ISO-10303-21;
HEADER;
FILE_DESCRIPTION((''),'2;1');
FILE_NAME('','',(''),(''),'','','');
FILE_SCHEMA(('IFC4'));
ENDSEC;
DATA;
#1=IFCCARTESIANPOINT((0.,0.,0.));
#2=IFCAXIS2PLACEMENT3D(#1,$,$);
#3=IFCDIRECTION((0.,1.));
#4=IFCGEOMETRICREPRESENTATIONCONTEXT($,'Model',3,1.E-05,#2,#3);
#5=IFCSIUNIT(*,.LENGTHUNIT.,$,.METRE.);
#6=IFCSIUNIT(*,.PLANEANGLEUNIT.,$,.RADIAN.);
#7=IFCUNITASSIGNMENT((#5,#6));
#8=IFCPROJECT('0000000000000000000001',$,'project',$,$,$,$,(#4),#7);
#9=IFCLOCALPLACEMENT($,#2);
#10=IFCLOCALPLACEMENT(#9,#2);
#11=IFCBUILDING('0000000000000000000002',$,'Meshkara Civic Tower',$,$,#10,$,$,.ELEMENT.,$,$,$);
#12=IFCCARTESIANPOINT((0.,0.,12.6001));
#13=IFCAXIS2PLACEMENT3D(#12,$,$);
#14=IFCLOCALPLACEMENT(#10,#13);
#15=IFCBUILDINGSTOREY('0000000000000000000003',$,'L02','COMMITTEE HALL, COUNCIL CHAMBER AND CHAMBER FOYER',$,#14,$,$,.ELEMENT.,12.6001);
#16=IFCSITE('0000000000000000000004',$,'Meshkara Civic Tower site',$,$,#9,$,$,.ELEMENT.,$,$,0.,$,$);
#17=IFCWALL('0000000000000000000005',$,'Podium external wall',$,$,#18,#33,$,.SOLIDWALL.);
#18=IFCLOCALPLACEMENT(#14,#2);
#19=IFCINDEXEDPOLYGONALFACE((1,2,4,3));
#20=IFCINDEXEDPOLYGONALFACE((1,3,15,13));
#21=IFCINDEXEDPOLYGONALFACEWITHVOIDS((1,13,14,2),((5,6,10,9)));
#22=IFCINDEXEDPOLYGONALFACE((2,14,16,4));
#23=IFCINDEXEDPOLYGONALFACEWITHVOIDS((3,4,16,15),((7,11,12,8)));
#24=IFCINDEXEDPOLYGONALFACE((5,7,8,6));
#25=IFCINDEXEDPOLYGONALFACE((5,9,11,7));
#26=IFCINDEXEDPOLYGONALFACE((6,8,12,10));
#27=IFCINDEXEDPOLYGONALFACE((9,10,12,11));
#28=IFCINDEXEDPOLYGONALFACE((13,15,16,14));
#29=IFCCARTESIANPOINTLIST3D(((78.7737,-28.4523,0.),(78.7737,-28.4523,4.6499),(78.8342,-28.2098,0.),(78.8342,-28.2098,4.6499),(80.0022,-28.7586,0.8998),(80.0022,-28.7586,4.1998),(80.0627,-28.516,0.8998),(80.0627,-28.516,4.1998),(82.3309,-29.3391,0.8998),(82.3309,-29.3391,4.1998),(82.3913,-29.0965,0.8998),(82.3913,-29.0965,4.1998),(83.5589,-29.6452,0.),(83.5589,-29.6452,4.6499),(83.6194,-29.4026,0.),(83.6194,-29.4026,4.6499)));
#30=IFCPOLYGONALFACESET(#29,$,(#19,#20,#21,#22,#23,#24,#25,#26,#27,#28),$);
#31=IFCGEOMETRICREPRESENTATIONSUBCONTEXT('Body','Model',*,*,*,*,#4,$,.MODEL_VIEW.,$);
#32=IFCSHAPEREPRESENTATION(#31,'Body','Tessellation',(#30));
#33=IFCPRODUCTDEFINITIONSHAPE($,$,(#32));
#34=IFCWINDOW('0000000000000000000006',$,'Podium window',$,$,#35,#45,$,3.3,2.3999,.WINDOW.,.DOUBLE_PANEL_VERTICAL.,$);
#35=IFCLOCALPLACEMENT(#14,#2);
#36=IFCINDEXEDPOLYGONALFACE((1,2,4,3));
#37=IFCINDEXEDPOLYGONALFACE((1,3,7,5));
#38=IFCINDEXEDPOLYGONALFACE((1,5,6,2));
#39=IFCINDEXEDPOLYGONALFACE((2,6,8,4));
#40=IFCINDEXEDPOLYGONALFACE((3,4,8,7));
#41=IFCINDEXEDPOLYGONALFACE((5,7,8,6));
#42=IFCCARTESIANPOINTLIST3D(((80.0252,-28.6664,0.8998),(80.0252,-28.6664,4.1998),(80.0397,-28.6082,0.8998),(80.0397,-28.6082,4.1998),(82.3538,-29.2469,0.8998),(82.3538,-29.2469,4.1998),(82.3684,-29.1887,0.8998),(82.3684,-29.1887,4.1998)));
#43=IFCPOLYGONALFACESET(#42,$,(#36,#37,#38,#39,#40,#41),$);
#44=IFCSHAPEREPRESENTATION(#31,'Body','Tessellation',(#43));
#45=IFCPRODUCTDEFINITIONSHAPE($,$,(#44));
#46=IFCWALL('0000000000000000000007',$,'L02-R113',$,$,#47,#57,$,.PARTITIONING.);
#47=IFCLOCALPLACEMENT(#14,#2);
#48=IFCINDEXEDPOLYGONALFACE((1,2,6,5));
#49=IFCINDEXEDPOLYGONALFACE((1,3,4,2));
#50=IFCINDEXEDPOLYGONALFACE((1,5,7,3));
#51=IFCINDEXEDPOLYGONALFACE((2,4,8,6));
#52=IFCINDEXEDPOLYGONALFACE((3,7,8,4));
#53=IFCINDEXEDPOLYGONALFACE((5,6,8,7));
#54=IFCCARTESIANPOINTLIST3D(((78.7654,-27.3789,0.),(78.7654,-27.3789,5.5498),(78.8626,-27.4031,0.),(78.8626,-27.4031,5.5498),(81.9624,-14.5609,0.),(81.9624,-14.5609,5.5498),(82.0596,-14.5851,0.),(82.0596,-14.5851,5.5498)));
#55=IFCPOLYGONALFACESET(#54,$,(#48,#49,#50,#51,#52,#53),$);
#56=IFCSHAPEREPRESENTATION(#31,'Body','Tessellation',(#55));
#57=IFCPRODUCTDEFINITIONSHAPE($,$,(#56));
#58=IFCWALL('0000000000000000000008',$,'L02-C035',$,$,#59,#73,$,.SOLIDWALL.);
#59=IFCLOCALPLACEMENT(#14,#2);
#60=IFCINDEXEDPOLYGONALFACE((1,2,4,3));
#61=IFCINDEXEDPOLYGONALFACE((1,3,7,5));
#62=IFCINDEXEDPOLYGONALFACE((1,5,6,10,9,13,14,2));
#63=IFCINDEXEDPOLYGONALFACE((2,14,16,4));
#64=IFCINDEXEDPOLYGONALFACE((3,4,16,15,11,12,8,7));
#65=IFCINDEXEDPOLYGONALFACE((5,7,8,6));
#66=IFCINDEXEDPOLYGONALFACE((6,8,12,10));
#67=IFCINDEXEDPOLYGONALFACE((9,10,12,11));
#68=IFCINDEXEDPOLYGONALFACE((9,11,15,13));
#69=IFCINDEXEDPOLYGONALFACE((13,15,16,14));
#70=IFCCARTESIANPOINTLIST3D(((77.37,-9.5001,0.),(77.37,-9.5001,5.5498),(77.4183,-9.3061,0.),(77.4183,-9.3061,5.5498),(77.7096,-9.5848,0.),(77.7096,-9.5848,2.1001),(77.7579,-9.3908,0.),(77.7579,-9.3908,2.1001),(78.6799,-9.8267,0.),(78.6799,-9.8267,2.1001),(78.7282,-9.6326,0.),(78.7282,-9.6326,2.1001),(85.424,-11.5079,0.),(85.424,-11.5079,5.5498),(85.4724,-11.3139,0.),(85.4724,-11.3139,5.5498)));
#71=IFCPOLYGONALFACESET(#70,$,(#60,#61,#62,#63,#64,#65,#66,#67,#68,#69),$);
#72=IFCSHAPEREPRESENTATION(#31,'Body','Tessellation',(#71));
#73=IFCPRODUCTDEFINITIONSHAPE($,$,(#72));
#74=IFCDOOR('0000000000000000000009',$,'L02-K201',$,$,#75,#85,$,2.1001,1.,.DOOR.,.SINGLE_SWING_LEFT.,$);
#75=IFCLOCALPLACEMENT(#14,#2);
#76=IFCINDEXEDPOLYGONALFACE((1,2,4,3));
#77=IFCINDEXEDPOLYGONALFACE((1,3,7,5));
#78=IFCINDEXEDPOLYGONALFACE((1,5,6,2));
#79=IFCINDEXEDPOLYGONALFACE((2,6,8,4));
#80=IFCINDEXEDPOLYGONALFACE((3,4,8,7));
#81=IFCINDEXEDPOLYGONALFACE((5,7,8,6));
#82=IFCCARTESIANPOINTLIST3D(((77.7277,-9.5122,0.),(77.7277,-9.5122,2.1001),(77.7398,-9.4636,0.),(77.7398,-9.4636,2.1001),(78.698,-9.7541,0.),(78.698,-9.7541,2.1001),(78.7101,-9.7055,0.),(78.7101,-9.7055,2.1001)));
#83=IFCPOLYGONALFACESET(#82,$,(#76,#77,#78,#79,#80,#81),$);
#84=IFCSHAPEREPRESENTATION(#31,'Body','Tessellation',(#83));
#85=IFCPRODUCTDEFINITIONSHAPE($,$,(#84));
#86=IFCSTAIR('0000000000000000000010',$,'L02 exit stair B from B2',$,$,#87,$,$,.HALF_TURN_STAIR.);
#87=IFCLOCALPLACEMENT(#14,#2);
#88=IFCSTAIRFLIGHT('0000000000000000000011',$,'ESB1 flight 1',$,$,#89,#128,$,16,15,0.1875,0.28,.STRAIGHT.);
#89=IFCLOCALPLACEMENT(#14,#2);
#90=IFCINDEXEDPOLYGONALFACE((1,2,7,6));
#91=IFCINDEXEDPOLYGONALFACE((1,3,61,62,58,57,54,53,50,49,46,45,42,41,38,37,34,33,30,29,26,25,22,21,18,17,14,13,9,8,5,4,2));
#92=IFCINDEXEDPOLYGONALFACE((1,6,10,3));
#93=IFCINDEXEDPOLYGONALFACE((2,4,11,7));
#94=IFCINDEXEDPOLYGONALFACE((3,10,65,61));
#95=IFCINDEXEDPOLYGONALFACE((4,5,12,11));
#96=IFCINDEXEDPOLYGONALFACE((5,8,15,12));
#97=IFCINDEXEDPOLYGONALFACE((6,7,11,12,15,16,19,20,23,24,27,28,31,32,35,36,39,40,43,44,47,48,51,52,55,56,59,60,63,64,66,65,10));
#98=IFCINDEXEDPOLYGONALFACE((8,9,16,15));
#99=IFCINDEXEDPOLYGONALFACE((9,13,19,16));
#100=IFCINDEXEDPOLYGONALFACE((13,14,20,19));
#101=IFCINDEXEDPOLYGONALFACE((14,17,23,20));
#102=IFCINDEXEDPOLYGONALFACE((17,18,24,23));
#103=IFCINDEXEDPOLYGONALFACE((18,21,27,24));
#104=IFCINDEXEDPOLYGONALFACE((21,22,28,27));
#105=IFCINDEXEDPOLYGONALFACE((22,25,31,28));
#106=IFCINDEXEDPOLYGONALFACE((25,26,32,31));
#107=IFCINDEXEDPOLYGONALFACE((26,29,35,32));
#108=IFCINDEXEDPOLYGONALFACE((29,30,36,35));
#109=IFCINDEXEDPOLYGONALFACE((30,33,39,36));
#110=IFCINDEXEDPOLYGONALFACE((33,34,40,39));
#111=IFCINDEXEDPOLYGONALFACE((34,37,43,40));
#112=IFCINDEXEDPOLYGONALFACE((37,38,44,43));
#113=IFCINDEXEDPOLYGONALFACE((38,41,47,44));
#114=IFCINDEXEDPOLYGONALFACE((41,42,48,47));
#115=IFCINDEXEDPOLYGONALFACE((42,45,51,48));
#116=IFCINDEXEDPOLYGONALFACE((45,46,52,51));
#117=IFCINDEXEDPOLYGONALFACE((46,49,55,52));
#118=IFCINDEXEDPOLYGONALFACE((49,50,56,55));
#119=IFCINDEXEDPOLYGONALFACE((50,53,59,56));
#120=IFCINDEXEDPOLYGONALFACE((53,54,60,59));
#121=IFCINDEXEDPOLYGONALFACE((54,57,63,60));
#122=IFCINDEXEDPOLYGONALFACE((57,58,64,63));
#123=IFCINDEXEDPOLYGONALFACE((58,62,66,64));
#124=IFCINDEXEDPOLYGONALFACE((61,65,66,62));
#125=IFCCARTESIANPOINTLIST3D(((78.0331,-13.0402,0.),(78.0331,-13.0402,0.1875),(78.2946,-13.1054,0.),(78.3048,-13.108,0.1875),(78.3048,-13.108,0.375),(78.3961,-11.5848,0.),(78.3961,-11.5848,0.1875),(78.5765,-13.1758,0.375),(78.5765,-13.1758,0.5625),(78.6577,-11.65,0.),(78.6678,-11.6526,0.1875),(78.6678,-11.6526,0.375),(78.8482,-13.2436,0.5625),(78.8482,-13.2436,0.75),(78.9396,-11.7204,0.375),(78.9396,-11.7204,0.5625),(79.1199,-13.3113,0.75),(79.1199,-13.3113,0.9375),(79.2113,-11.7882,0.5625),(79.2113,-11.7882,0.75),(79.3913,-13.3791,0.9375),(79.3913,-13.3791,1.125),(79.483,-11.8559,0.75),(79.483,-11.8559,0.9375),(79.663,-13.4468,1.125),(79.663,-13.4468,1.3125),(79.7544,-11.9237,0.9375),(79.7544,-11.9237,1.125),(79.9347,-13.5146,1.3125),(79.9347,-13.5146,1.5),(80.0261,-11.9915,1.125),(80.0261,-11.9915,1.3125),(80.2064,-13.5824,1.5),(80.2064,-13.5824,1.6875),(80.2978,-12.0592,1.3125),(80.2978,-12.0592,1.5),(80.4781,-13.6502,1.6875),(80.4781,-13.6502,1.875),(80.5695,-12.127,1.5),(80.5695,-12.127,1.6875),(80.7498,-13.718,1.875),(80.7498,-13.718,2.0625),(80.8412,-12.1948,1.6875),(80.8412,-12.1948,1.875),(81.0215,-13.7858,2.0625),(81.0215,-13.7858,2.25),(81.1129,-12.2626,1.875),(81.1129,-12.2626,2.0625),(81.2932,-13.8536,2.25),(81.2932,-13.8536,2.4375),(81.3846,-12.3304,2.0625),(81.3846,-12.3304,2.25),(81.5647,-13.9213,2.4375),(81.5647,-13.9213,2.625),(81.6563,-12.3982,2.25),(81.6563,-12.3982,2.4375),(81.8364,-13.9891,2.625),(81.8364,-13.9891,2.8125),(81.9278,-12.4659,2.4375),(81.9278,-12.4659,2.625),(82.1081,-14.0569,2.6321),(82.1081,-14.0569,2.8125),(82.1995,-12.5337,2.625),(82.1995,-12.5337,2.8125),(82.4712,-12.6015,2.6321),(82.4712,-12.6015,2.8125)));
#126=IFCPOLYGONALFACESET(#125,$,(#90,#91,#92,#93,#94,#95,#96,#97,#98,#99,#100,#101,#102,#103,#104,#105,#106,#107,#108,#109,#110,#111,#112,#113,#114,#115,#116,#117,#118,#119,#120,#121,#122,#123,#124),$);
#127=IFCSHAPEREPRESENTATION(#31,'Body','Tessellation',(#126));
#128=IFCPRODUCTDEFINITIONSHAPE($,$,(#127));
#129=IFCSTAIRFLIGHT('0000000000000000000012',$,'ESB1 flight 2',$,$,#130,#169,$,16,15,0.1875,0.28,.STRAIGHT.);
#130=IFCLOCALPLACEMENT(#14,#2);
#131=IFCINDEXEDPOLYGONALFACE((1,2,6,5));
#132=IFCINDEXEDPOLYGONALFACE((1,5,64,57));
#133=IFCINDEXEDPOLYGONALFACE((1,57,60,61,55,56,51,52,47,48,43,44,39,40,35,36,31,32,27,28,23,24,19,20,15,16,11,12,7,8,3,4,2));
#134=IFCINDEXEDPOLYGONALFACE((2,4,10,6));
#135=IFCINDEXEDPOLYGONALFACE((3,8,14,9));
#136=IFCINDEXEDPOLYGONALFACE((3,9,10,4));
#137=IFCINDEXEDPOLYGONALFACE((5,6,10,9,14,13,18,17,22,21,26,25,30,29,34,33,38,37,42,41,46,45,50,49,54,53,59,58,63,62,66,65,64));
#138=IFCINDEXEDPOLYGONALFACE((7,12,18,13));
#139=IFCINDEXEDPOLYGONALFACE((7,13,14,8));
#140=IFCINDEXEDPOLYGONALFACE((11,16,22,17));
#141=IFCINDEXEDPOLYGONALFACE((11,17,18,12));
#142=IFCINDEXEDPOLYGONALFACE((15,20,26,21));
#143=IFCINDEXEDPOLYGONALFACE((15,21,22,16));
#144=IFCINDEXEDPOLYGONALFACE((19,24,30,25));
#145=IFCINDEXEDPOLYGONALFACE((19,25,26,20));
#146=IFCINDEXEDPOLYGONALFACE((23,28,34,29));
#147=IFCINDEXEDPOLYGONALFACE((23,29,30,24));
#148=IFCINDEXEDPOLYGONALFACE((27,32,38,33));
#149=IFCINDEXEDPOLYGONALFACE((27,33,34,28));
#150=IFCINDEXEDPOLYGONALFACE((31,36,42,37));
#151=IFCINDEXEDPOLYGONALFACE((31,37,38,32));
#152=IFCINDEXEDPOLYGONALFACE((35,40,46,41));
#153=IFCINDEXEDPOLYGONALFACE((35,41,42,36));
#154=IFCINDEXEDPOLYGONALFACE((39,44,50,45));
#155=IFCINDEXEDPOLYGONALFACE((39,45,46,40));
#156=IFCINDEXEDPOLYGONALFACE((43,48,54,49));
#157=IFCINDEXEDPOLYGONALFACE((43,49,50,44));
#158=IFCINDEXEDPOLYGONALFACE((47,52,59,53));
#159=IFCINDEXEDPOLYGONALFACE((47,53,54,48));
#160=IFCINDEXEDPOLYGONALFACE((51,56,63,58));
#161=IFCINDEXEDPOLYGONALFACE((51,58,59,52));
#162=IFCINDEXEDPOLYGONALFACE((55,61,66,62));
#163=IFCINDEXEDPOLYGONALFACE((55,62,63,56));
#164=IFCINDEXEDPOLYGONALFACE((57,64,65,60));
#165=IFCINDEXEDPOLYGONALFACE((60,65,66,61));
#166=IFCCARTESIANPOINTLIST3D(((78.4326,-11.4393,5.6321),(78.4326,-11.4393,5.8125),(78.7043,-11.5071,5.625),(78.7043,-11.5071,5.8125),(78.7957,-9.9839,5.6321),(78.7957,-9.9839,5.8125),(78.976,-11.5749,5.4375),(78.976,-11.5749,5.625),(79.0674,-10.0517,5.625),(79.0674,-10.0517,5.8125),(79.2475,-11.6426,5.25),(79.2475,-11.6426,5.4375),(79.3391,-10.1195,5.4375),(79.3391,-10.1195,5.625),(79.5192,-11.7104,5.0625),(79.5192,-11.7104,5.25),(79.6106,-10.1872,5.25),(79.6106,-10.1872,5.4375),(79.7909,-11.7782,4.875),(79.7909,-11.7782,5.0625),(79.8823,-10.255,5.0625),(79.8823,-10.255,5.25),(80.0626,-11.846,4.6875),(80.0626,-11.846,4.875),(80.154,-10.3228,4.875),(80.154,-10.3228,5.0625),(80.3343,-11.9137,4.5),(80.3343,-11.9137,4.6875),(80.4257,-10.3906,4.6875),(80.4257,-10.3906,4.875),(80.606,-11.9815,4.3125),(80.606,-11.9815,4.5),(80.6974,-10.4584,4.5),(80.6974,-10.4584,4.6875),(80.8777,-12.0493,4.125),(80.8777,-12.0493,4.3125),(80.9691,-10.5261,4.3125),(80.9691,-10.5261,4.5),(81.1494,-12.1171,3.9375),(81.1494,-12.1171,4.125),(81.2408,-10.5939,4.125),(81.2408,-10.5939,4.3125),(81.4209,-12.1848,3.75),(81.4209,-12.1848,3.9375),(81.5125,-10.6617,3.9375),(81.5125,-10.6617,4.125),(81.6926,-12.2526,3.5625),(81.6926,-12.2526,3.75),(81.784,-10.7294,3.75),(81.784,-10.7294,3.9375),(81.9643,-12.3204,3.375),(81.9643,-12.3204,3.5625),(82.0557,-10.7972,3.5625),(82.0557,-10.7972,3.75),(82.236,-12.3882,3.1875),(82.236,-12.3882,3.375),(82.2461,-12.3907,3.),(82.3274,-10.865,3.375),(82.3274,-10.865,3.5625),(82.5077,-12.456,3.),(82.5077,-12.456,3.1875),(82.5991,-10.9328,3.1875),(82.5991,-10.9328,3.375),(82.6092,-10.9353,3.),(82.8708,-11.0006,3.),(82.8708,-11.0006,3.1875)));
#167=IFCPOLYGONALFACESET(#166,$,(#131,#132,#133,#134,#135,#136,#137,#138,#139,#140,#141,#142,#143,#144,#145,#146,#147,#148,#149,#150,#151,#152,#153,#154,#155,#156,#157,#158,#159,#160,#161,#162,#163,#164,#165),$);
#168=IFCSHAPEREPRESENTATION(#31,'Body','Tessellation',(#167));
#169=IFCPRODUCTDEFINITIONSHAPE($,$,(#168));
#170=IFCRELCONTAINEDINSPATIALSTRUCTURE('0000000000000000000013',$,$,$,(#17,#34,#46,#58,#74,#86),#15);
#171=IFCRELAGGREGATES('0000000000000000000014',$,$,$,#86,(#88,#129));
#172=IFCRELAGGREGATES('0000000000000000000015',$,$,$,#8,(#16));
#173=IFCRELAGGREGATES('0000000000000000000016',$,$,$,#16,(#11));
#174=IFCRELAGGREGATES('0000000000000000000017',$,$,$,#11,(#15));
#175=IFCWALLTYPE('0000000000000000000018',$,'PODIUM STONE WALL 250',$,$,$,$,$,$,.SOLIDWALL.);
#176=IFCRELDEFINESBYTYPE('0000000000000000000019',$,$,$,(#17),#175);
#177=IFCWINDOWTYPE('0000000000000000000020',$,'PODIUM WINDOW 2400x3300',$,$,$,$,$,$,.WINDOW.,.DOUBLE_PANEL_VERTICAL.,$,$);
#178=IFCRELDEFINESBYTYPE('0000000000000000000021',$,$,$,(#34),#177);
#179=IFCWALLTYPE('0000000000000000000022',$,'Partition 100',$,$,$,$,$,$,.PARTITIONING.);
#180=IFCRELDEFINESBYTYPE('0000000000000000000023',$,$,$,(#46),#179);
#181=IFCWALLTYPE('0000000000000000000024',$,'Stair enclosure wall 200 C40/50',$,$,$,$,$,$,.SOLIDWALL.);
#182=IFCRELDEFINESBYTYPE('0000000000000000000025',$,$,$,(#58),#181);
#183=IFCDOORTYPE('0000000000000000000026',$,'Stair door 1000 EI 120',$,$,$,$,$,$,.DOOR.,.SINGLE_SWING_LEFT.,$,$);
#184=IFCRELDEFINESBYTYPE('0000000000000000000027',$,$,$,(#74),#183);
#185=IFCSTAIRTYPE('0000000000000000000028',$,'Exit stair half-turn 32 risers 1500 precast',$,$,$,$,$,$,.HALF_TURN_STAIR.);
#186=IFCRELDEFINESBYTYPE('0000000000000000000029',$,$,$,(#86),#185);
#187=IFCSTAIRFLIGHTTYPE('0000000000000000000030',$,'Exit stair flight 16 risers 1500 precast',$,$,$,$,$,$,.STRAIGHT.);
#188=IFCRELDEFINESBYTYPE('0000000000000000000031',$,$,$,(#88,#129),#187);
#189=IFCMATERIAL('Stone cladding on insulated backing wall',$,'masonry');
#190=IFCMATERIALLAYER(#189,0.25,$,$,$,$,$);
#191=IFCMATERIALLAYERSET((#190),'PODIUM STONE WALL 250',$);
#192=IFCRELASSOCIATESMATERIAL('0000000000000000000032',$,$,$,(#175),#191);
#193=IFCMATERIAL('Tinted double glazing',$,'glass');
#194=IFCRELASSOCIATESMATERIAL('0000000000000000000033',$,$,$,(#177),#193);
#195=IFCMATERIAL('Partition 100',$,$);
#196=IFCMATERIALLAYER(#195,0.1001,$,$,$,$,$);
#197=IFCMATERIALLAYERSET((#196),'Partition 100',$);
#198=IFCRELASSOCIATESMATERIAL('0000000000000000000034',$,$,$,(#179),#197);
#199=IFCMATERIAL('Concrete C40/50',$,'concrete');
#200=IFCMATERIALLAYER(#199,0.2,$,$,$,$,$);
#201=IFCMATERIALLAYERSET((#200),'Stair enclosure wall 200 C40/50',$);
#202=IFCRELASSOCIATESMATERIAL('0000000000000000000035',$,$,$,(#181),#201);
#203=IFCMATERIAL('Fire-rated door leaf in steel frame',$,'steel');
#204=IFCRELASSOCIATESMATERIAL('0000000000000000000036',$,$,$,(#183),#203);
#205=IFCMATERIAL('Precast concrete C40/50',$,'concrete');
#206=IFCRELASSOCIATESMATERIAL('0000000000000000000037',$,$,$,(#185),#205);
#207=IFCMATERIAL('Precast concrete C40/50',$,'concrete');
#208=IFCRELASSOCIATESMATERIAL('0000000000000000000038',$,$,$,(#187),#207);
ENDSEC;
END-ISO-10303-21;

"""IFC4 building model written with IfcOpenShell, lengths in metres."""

from ifc_helpers import new_model, si_unit, direction, frame, frame_2d, origin, place, context, subcontext, project, spatial, polyline, rectangle, outline, extrude, material, layer, layer_set, type_object, element, fill, aggregate, save


model = new_model("IFC4")

# Units and contexts
model_context = context("Model", 3, precision=1e-05, world=origin(), true_north=direction((0.0, 1.0)))
body_context = subcontext(model_context, "Body", "Model", "MODEL_VIEW")
ifc_project = project(units=[si_unit("LENGTHUNIT", "METRE"), si_unit("PLANEANGLEUNIT", "RADIAN")], contexts=[model_context])

# Site, building, storey
site_placement = place(None, origin())
site = spatial("IfcSite", under=ifc_project, at=site_placement, Name="Meshkara Civic Tower site", CompositionType="ELEMENT", RefElevation=0.0)
building_placement = place(site_placement, origin())
building = spatial("IfcBuilding", under=site, at=building_placement, Name="Meshkara Civic Tower", CompositionType="ELEMENT")
storey_placement = place(building_placement, frame((0.0, 0.0, 12.6001)))
storey = spatial("IfcBuildingStorey", under=building, at=storey_placement, Name="L02", Description="COMMITTEE HALL, COUNCIL CHAMBER AND CHAMBER FOYER", CompositionType="ELEMENT", Elevation=12.6001)

# Wall, opening, window
ifc_material_1 = material(Name="Stone cladding on insulated backing wall", Category="masonry")
ifc_layer_1 = layer(ifc_material_1, 0.25)
ifc_layer_set_1 = layer_set([ifc_layer_1], Name="PODIUM STONE WALL 250")
wall_type_1 = type_object("IfcWallType", Name="PODIUM STONE WALL 250", PredefinedType="SOLIDWALL", material=ifc_layer_set_1)
wall_1_placement = place(storey_placement, frame((78.804, -28.3311, 0.0), z_axis=(0.0, 0.0, 1.0), x_axis=(0.970305, -0.241883, 0.0)))
wall_1 = element("IfcWall", 1, at=wall_1_placement, inside=storey, type_object=wall_type_1, Name="Podium external wall", PredefinedType="SOLIDWALL", context=body_context, shape_type="SweptSolid", body=[
    extrude(rectangle(XDim=4.9316, YDim=0.25, at=frame_2d((2.4658, 0.0))), origin(), (0.0, 0.0, 1.0), 4.6499),
])
opening_1_placement = place(wall_1_placement, frame((1.2661, 0.0, 0.8999)))
opening_1 = element("IfcOpeningElement", 2, at=opening_1_placement, cuts=wall_1, PredefinedType="OPENING", context=body_context, shape_type="SweptSolid", body=[
    extrude(rectangle(XDim=2.3999, YDim=3.3, at=frame_2d((1.2, 1.6499))), frame((0.0, 0.135, 0.0), z_axis=(0.0, -1.0, 0.0), x_axis=(1.0, 0.0, 0.0)), (0.0, 0.0, 1.0), 0.27),
])
ifc_material_2 = material(Name="Tinted double glazing", Category="glass")
window_type = type_object("IfcWindowType", Name="PODIUM WINDOW 2400x3300", PartitioningType="DOUBLE_PANEL_VERTICAL", PredefinedType="WINDOW", material=ifc_material_2)
window_placement = place(opening_1_placement, origin())
window = element("IfcWindow", 3, at=window_placement, inside=storey, type_object=window_type, Name="Podium window", OverallHeight=3.3, OverallWidth=2.3999, PartitioningType="DOUBLE_PANEL_VERTICAL", PredefinedType="WINDOW", context=body_context, shape_type="SweptSolid", body=[
    extrude(rectangle(XDim=2.3999, YDim=3.3, at=frame_2d((1.2, 1.6499))), frame((0.0, 0.03, 0.0), z_axis=(0.0, -1.0, 0.0), x_axis=(1.0, 0.0, 0.0)), (0.0, 0.0, 1.0), 0.0601),
])
fill(opening_1, window)

# Wall
ifc_material_3 = material(Name="Partition 100")
ifc_layer_2 = layer(ifc_material_3, 0.1001)
ifc_layer_set_2 = layer_set([ifc_layer_2], Name="Partition 100")
wall_type_2 = type_object("IfcWallType", Name="Partition 100", PredefinedType="PARTITIONING", material=ifc_layer_set_2)
wall_2_placement = place(storey_placement, frame((78.814, -27.3911, 0.0), z_axis=(0.0, 0.0, 1.0), x_axis=(0.242001, 0.970276, 0.0)))
element("IfcWall", 4, at=wall_2_placement, inside=storey, type_object=wall_type_2, Name="L02-R113", PredefinedType="PARTITIONING", context=body_context, shape_type="SweptSolid", body=[
    extrude(rectangle(XDim=13.2107, YDim=0.1001, at=frame_2d((6.6055, 0.0))), origin(), (0.0, 0.0, 1.0), 5.5498),
])

# Wall, opening, door
ifc_material_4 = material(Name="Concrete C40/50", Category="concrete")
ifc_layer_3 = layer(ifc_material_4, 0.2)
ifc_layer_set_3 = layer_set([ifc_layer_3], Name="Stair enclosure wall 200 C40/50")
wall_type_3 = type_object("IfcWallType", Name="Stair enclosure wall 200 C40/50", PredefinedType="SOLIDWALL", material=ifc_layer_set_3)
wall_3_placement = place(storey_placement, frame((77.394, -9.4031, 0.0), z_axis=(0.0, 0.0, 1.0), x_axis=(0.970303, -0.241892, 0.0)))
wall_3 = element("IfcWall", 5, at=wall_3_placement, inside=storey, type_object=wall_type_3, Name="L02-C035", PredefinedType="SOLIDWALL", context=body_context, shape_type="SweptSolid", body=[
    extrude(rectangle(XDim=8.3005, YDim=0.2, at=frame_2d((4.1504, 0.0))), origin(), (0.0, 0.0, 1.0), 5.5498),
])
opening_2_placement = place(wall_3_placement, frame((0.3501, 0.0, 0.0)))
opening_2 = element("IfcOpeningElement", 6, at=opening_2_placement, cuts=wall_3, PredefinedType="OPENING", context=body_context, shape_type="SweptSolid", body=[
    extrude(rectangle(XDim=1.0, YDim=2.1001, at=frame_2d((0.5, 1.05))), frame((0.0, 0.1099, 0.0), z_axis=(0.0, -1.0, 0.0), x_axis=(1.0, 0.0, 0.0)), (0.0, 0.0, 1.0), 0.22),
])
ifc_material_5 = material(Name="Fire-rated door leaf in steel frame", Category="steel")
door_type_1 = type_object("IfcDoorType", Name="Stair door 1000 EI 120", OperationType="SINGLE_SWING_LEFT", PredefinedType="DOOR", material=ifc_material_5)
door_1_placement = place(opening_2_placement, origin())
door_1 = element("IfcDoor", 7, at=door_1_placement, inside=storey, type_object=door_type_1, Name="L02-K201", OperationType="SINGLE_SWING_LEFT", OverallHeight=2.1001, OverallWidth=1.0, PredefinedType="DOOR", context=body_context, shape_type="SweptSolid", body=[
    extrude(rectangle(XDim=1.0, YDim=2.1001, at=frame_2d((0.5, 1.05))), frame((0.0, 0.0249, 0.0), z_axis=(0.0, -1.0, 0.0), x_axis=(1.0, 0.0, 0.0)), (0.0, 0.0, 1.0), 0.05),
])
fill(opening_2, door_1)

# Stair, stair flights
ifc_material_6 = material(Name="Precast concrete C40/50", Category="concrete")
stair_type = type_object("IfcStairType", Name="Exit stair half-turn 32 risers 1500 precast", PredefinedType="HALF_TURN_STAIR", material=ifc_material_6)
stair_placement = place(storey_placement, origin())
stair = element("IfcStair", 8, at=stair_placement, inside=storey, type_object=stair_type, Name="L02 exit stair B from B2", PredefinedType="HALF_TURN_STAIR")
ifc_material_7 = material(Name="Precast concrete C40/50", Category="concrete")
stair_flight_type = type_object("IfcStairFlightType", Name="Exit stair flight 16 risers 1500 precast", PredefinedType="STRAIGHT", material=ifc_material_7)
stair_flight_1_placement = place(storey_placement, frame((78.2146, -12.3125, 0.0), z_axis=(0.0, 0.0, 1.0), x_axis=(0.97026, -0.242065, 0.0)))
stair_flight_1 = element("IfcStairFlight", 9, at=stair_flight_1_placement, type_object=stair_flight_type, Name="ESB1 flight 1", NumberOfRisers=16, NumberOfTreads=15, PredefinedType="STRAIGHT", RiserHeight=0.1875, TreadLength=0.28, context=body_context, shape_type="SweptSolid", body=[
    extrude(outline(polyline([(0.0, 0.0), (0.0, 0.1875), (0.28, 0.1875), (0.28, 0.375), (0.5601, 0.375), (0.5601, 0.5625), (0.8401, 0.5625), (0.8401, 0.75), (1.1201, 0.75), (1.1201, 0.9375), (1.3999, 0.9375), (1.3999, 1.125), (1.6799, 1.125), (1.6799, 1.3125), (1.96, 1.3125), (1.96, 1.5), (2.24, 1.5), (2.24, 1.6875), (2.52, 1.6875), (2.52, 1.875), (2.8, 1.875), (2.8, 2.0625), (3.0801, 2.0625), (3.0801, 2.25), (3.3601, 2.25), (3.3601, 2.4375), (3.6399, 2.4375), (3.6399, 2.625), (3.9199, 2.625), (3.9199, 2.8125), (4.2, 2.8125), (4.2, 3.0), (4.2, 2.6321), (0.2695, 0.0), (0.0, 0.0)])), frame((0.0, 0.75, 0.0), z_axis=(0.0, -1.0, 0.0), x_axis=(1.0, 0.0, 0.0)), (0.0, 0.0, 1.0), 1.5),
])
stair_flight_2_placement = place(storey_placement, frame((82.6892, -11.7283, 3.0), z_axis=(0.0, 0.0, 1.0), x_axis=(-0.97026, 0.242065, 0.0)))
stair_flight_2 = element("IfcStairFlight", 10, at=stair_flight_2_placement, type_object=stair_flight_type, Name="ESB1 flight 2", NumberOfRisers=16, NumberOfTreads=15, PredefinedType="STRAIGHT", RiserHeight=0.1875, TreadLength=0.28, context=body_context, shape_type="SweptSolid", body=[
    extrude(outline(polyline([(0.0, 0.0), (0.0, 0.1875), (0.28, 0.1875), (0.28, 0.375), (0.5601, 0.375), (0.5601, 0.5625), (0.8401, 0.5625), (0.8401, 0.75), (1.1201, 0.75), (1.1201, 0.9375), (1.3999, 0.9375), (1.3999, 1.125), (1.6799, 1.125), (1.6799, 1.3125), (1.96, 1.3125), (1.96, 1.5), (2.24, 1.5), (2.24, 1.6875), (2.52, 1.6875), (2.52, 1.875), (2.8, 1.875), (2.8, 2.0625), (3.0801, 2.0625), (3.0801, 2.25), (3.3601, 2.25), (3.3601, 2.4375), (3.6399, 2.4375), (3.6399, 2.625), (3.9199, 2.625), (3.9199, 2.8125), (4.2, 2.8125), (4.2, 3.0), (4.2, 2.6321), (0.2695, 0.0), (0.0, 0.0)])), frame((0.0, 0.75, 0.0), z_axis=(0.0, -1.0, 0.0), x_axis=(1.0, 0.0, 0.0)), (0.0, 0.0, 1.0), 1.5),
])
aggregate(stair, [stair_flight_1, stair_flight_2])

save(model, "model.ifc")
